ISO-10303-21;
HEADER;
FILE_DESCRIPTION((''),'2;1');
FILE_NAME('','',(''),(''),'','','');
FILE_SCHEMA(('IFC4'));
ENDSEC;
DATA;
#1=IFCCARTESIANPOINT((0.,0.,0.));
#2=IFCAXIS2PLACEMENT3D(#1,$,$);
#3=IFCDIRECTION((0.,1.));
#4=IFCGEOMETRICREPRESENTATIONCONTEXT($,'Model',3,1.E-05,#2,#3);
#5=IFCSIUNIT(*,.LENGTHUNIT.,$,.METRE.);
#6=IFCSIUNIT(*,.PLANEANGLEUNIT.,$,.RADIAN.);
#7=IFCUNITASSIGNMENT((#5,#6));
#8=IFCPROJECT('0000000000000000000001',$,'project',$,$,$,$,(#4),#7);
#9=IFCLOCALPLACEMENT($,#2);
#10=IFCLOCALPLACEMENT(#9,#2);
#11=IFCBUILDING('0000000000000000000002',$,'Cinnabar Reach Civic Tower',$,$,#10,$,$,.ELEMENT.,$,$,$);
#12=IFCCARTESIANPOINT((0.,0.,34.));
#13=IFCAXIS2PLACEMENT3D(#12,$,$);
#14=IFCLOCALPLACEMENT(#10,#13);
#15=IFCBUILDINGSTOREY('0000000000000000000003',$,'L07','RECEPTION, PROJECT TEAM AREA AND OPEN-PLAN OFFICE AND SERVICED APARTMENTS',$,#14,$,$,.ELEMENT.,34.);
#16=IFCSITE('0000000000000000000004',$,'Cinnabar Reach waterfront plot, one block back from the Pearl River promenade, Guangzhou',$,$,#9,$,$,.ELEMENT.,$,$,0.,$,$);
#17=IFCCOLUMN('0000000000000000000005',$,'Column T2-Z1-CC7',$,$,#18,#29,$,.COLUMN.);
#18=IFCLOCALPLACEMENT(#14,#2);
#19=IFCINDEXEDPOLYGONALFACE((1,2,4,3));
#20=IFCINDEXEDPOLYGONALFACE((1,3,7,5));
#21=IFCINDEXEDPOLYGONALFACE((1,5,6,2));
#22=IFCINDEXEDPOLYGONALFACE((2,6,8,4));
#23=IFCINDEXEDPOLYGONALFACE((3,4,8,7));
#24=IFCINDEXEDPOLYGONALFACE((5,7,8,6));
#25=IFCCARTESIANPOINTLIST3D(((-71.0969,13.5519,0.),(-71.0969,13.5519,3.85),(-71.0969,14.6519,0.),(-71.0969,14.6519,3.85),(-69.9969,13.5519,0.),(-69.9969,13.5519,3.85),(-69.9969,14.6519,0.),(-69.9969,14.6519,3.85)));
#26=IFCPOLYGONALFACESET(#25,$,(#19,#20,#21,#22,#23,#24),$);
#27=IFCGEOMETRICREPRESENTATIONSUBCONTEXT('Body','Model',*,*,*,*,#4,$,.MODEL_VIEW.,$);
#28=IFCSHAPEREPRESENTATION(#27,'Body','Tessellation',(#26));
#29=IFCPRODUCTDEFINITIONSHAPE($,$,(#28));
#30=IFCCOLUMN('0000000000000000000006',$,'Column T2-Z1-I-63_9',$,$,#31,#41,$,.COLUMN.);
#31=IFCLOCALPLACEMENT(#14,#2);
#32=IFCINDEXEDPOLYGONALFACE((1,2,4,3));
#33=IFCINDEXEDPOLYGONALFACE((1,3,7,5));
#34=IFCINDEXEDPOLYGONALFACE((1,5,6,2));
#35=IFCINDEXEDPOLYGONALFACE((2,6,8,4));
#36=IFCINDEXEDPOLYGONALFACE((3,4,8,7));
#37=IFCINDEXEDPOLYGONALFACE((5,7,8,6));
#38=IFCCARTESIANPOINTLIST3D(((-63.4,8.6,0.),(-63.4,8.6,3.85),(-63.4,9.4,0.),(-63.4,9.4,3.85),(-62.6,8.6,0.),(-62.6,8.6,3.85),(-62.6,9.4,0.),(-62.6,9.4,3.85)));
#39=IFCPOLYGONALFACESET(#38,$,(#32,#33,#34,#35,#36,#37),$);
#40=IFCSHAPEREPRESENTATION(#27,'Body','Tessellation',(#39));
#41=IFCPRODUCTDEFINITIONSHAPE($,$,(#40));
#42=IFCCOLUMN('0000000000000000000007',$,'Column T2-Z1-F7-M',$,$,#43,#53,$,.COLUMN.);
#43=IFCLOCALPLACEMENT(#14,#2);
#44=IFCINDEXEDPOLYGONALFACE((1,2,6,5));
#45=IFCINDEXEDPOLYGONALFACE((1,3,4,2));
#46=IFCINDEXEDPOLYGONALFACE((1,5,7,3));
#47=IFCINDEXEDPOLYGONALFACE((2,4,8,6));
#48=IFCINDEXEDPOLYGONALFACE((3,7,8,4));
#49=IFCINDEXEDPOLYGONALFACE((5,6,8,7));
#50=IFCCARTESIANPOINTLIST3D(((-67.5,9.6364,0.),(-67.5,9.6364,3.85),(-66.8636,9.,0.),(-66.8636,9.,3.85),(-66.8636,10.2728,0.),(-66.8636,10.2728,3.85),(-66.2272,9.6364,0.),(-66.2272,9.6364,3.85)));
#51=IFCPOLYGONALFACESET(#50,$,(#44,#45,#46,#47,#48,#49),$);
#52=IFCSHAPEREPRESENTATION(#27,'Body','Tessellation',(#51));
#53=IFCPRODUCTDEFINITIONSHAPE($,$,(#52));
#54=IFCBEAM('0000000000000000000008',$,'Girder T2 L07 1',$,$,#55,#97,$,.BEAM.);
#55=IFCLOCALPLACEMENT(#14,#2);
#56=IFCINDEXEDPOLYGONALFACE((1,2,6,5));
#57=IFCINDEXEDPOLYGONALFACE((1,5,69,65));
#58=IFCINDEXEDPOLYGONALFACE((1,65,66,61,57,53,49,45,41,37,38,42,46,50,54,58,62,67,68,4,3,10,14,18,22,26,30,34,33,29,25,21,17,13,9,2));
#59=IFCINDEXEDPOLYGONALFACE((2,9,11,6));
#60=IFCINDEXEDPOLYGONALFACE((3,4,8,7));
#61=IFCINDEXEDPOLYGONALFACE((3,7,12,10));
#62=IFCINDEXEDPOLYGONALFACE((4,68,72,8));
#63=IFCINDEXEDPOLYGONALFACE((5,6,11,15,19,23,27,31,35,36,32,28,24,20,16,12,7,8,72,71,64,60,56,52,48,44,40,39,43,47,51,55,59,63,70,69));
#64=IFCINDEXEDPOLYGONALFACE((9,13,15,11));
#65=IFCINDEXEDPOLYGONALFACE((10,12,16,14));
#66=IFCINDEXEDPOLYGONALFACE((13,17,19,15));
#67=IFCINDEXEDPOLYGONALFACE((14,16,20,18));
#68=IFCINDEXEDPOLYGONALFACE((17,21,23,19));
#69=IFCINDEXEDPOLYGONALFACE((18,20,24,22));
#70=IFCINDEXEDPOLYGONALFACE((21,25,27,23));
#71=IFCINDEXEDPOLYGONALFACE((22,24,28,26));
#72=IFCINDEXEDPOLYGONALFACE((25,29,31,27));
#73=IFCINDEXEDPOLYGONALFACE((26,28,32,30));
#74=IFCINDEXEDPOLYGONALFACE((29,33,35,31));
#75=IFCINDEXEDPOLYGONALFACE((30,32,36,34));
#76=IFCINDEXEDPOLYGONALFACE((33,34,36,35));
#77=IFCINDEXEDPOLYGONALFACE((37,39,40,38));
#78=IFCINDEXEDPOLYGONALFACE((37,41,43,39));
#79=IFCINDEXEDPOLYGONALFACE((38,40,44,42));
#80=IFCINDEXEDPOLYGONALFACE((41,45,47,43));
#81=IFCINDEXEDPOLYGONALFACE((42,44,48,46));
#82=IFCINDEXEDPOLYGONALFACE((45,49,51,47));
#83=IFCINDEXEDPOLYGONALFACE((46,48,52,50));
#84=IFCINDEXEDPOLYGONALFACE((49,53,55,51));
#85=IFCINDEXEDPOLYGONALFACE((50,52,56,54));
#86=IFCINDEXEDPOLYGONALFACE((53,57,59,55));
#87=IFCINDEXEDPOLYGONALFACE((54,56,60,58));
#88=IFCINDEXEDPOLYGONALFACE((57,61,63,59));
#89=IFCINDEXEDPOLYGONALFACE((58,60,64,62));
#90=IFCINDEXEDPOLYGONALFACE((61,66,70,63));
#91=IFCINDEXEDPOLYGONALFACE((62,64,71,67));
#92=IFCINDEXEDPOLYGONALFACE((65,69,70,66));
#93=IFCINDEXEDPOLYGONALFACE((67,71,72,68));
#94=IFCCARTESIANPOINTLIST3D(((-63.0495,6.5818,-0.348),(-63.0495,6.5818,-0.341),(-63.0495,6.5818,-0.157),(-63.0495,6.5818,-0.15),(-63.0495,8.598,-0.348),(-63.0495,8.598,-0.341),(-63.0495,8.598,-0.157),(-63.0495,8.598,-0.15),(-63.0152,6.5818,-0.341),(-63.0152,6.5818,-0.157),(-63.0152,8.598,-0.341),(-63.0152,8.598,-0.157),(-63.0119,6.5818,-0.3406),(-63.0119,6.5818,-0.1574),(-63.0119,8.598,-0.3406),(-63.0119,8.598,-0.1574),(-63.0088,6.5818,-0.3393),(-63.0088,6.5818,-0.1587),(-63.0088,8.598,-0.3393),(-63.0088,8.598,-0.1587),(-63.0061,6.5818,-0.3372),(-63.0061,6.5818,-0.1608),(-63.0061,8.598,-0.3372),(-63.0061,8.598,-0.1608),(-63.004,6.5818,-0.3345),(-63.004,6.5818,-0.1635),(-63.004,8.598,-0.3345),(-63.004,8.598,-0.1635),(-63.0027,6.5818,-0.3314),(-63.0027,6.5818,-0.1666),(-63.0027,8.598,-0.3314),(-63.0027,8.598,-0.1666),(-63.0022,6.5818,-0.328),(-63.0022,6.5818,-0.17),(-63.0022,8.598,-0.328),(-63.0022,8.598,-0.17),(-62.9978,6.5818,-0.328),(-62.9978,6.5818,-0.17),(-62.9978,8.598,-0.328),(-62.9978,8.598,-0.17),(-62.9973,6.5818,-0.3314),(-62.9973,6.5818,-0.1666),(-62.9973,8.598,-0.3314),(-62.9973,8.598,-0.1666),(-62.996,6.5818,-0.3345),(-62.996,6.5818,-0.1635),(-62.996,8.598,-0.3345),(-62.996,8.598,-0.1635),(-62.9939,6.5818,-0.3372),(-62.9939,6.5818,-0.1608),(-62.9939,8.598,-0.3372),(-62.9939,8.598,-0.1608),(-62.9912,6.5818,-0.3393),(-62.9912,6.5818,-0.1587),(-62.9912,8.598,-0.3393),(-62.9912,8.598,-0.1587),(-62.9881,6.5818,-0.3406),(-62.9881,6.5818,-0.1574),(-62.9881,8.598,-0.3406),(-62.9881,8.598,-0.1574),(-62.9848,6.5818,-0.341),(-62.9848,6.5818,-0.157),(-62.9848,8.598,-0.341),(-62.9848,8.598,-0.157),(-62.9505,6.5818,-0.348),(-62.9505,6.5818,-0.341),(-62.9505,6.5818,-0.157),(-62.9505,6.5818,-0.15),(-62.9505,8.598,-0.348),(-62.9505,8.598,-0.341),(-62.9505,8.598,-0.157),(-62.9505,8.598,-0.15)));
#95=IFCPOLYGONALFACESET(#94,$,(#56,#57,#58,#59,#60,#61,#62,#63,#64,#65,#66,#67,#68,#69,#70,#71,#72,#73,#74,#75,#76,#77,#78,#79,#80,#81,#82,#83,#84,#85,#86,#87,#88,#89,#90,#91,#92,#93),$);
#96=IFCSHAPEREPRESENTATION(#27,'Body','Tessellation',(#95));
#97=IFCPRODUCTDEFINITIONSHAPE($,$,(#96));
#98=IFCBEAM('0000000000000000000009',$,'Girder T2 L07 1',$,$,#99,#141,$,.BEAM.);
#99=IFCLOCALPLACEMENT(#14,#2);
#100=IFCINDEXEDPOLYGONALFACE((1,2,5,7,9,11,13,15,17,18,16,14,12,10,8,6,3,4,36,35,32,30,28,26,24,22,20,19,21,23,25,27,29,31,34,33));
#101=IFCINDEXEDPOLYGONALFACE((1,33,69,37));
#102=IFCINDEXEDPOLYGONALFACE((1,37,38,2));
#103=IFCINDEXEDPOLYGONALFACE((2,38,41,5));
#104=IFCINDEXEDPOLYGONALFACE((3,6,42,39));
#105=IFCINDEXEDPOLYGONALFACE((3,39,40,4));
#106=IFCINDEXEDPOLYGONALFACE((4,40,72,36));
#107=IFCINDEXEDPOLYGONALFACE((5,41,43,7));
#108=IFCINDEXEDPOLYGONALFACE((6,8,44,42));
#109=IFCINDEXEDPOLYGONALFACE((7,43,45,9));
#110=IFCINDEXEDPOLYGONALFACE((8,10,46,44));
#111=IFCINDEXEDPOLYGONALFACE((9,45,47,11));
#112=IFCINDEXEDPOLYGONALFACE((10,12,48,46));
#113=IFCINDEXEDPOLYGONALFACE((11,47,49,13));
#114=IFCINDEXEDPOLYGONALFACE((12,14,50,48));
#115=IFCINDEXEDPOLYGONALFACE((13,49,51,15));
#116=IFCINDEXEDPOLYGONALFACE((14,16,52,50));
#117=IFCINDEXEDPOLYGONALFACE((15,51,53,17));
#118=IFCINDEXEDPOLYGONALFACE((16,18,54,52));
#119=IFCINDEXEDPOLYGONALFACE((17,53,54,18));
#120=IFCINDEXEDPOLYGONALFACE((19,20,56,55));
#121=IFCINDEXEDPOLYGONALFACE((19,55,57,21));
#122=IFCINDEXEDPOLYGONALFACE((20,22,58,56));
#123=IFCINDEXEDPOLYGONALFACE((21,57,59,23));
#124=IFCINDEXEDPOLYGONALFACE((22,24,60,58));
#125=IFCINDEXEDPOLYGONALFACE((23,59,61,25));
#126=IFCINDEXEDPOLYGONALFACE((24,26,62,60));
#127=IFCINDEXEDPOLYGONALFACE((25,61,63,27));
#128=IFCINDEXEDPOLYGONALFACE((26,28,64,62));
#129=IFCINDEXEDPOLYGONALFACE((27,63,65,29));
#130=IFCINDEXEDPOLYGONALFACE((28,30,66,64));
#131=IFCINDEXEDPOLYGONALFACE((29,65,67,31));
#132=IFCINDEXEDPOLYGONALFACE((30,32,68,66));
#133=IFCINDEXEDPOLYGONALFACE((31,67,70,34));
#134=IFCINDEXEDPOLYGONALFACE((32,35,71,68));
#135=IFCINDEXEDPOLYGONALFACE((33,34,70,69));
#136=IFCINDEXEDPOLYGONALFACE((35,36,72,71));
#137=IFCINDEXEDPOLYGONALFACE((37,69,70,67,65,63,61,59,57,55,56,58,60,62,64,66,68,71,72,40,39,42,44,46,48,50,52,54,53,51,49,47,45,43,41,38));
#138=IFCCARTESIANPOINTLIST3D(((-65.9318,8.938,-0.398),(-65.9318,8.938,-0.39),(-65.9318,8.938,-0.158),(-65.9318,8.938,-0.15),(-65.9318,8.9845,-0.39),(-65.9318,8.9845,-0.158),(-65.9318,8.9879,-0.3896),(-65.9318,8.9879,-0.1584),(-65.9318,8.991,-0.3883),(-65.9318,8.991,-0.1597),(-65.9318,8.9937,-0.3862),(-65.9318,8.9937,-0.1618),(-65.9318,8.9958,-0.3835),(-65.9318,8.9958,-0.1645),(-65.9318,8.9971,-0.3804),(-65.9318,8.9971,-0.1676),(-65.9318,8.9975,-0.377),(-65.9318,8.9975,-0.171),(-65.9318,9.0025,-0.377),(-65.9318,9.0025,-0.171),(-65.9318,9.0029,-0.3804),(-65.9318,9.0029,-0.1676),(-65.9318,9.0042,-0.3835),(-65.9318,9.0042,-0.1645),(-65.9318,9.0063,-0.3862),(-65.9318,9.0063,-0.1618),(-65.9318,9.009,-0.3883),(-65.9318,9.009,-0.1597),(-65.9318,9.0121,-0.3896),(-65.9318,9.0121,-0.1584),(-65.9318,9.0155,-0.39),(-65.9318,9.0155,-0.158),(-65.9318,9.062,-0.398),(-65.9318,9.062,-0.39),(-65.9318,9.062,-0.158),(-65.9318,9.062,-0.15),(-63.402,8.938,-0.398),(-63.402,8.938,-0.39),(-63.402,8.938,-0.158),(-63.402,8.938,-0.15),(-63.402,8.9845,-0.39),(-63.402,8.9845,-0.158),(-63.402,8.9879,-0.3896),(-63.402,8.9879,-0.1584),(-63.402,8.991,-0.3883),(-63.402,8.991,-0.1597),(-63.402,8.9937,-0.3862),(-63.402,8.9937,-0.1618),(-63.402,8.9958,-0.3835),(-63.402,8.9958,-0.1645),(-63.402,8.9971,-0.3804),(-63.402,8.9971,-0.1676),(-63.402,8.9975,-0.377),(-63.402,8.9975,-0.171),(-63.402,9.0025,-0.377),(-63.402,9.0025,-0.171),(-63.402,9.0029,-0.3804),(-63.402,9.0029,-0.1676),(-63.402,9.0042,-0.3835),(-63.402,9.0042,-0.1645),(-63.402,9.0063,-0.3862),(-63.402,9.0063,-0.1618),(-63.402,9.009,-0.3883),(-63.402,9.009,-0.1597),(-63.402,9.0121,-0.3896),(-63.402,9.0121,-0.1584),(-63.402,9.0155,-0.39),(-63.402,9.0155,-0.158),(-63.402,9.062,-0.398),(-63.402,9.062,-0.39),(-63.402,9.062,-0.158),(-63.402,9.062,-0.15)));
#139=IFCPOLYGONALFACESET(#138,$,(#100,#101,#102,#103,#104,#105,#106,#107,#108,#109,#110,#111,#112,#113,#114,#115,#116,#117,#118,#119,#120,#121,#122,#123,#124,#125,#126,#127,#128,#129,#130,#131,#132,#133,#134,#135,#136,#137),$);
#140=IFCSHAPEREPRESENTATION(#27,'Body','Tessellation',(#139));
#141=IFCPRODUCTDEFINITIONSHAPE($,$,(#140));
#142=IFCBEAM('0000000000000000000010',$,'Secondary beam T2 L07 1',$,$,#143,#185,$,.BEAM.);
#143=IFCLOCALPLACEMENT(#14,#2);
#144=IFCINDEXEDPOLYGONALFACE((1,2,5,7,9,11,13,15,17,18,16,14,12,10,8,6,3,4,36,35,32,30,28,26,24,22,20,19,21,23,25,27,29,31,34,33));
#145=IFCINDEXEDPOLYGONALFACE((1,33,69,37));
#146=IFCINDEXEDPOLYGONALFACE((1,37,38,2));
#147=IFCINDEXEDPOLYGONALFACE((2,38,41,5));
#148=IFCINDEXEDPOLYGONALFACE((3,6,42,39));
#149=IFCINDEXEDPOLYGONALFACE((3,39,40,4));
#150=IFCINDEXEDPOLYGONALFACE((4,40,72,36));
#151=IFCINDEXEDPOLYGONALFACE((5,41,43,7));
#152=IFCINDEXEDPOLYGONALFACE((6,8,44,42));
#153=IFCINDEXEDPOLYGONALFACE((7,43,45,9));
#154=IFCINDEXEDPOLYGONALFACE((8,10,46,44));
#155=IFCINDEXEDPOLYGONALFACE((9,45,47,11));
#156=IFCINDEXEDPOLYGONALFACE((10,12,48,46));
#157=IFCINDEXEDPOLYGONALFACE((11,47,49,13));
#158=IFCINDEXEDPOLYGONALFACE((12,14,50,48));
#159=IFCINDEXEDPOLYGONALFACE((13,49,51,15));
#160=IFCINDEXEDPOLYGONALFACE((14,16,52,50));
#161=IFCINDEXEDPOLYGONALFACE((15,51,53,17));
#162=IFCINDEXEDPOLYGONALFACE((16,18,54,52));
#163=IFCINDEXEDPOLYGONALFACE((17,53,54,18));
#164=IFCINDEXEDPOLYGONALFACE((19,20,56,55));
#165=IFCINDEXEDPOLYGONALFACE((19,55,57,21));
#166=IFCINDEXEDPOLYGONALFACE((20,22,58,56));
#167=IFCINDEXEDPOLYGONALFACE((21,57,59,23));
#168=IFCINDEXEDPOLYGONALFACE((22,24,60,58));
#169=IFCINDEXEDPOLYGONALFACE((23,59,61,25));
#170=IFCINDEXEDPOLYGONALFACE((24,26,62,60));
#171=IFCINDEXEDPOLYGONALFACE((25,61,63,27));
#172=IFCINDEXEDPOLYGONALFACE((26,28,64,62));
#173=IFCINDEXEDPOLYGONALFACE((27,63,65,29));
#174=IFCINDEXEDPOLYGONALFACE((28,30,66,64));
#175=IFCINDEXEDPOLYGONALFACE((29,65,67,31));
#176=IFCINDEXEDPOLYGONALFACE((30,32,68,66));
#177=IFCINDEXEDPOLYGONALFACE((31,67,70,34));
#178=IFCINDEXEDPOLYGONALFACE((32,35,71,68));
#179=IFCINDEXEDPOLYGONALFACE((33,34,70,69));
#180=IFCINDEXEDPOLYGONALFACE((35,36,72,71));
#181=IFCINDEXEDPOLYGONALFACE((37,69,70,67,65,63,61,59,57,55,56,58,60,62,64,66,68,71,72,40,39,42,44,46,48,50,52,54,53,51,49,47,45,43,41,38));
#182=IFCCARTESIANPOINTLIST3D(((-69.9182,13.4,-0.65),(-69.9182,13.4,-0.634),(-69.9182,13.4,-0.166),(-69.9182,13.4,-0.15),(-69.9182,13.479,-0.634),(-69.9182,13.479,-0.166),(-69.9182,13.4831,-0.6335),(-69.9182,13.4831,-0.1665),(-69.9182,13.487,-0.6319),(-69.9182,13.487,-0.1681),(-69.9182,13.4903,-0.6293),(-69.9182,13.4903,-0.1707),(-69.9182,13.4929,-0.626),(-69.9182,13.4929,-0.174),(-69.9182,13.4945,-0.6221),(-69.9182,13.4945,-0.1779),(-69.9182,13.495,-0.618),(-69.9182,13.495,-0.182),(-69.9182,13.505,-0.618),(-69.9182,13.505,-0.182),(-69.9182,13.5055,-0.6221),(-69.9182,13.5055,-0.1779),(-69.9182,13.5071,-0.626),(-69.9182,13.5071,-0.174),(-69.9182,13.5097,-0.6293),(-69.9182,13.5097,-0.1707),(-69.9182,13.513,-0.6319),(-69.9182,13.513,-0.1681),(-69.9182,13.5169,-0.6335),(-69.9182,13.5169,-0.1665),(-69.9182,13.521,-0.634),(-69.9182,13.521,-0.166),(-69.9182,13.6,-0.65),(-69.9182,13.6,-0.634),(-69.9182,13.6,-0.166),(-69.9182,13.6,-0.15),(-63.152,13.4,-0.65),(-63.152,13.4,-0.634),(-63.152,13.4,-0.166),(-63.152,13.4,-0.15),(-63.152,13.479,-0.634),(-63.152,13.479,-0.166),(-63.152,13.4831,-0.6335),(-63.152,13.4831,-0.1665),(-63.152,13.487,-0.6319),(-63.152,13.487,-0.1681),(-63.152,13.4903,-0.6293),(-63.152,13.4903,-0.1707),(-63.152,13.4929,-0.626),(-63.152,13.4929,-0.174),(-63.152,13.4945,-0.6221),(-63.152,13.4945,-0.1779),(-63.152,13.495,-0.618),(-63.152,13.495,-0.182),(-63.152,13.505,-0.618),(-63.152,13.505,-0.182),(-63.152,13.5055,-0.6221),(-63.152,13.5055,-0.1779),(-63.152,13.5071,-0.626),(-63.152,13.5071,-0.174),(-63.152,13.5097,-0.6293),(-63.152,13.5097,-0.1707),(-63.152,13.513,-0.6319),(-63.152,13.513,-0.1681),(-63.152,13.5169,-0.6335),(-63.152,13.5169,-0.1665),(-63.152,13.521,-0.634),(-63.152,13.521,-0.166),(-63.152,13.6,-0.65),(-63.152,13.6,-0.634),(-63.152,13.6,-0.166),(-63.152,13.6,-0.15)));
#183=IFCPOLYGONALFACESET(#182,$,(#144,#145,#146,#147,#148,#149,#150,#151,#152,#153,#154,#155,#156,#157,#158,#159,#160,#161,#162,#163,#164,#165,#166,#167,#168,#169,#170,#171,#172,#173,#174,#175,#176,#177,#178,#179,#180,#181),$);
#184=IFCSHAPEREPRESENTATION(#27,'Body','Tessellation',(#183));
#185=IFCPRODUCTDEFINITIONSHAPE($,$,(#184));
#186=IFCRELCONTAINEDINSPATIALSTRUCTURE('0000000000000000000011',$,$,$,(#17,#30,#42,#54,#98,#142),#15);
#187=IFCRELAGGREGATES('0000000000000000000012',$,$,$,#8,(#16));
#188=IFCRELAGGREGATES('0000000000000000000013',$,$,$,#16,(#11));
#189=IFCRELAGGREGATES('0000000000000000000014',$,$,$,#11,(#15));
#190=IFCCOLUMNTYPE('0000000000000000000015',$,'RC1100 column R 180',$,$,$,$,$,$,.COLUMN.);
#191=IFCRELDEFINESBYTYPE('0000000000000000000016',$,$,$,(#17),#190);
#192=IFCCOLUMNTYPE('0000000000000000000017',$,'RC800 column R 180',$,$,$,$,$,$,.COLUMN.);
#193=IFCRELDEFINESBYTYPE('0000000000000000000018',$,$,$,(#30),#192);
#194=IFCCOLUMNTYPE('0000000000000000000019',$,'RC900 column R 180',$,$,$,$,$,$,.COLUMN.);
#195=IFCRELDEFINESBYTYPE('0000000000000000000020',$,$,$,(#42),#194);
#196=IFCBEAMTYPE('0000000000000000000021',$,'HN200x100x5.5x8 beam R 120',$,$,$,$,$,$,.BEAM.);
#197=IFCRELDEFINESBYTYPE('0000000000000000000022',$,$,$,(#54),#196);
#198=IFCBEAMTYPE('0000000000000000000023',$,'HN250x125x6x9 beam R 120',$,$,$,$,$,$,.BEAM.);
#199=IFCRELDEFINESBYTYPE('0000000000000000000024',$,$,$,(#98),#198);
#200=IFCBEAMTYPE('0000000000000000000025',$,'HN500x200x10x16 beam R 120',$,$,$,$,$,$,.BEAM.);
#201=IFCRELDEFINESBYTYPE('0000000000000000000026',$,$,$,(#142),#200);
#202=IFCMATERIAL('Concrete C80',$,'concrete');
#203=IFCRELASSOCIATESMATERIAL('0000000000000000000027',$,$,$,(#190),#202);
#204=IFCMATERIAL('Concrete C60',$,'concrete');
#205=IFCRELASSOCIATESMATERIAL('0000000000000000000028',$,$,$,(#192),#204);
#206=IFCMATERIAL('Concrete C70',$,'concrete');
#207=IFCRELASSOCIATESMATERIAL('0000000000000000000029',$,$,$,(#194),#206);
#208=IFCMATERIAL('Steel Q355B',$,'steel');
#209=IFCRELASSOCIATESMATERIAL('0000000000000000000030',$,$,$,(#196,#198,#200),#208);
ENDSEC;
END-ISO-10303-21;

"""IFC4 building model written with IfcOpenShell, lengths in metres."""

from ifc_helpers import new_model, si_unit, direction, frame, origin, origin_2d, place, context, subcontext, project, spatial, rectangle, i_section, extrude, material, material_profile, profile_set, type_object, element, save


model = new_model("IFC4")

# Units and contexts
model_context = context("Model", 3, precision=1e-05, world=origin(), true_north=direction((0.0, 1.0)))
body_context = subcontext(model_context, "Body", "Model", "MODEL_VIEW")
ifc_project = project(units=[si_unit("LENGTHUNIT", "METRE"), si_unit("PLANEANGLEUNIT", "RADIAN")], contexts=[model_context])

# Site, building, storey
site_placement = place(None, origin())
site = spatial("IfcSite", under=ifc_project, at=site_placement, Name="Cinnabar Reach waterfront plot, one block back from the Pearl River promenade, Guangzhou", CompositionType="ELEMENT", RefElevation=0.0)
building_placement = place(site_placement, origin())
building = spatial("IfcBuilding", under=site, at=building_placement, Name="Cinnabar Reach Civic Tower", CompositionType="ELEMENT")
storey_placement = place(building_placement, frame((0.0, 0.0, 34.0)))
storey = spatial("IfcBuildingStorey", under=building, at=storey_placement, Name="L07", Description="RECEPTION, PROJECT TEAM AREA AND OPEN-PLAN OFFICE AND SERVICED APARTMENTS", CompositionType="ELEMENT", Elevation=34.0)

# Columns
ifc_material_1 = material(Name="Concrete C80", Category="concrete")
ifc_material_profile_1 = material_profile(ifc_material_1, rectangle(XDim=1.1, YDim=1.1, at=origin_2d()), Name="RC1100")
ifc_profile_set_1 = profile_set([ifc_material_profile_1], Name="Concrete C80")
column_type_1 = type_object("IfcColumnType", Name="RC1100 column R 180", PredefinedType="COLUMN", material=ifc_profile_set_1)
column_1_placement = place(storey_placement, frame((-70.5469, 14.1019, 0.0), z_axis=(0.0, 0.0, 1.0), x_axis=(1.0, 0.0, 0.0)))
element("IfcColumn", 1, at=column_1_placement, inside=storey, type_object=column_type_1, Name="Column T2-Z1-CC7", PredefinedType="COLUMN", context=body_context, shape_type="SweptSolid", body=[
    extrude(rectangle(XDim=1.1, YDim=1.1, at=origin_2d()), origin(), (0.0, 0.0, 1.0), 3.85),
])
ifc_material_2 = material(Name="Concrete C60", Category="concrete")
ifc_material_profile_2 = material_profile(ifc_material_2, rectangle(XDim=0.8, YDim=0.8, at=origin_2d()), Name="RC800")
ifc_profile_set_2 = profile_set([ifc_material_profile_2], Name="Concrete C60")
column_type_2 = type_object("IfcColumnType", Name="RC800 column R 180", PredefinedType="COLUMN", material=ifc_profile_set_2)
column_2_placement = place(storey_placement, frame((-63.0, 9.0, 0.0), z_axis=(0.0, 0.0, 1.0), x_axis=(1.0, 0.0, 0.0)))
element("IfcColumn", 2, at=column_2_placement, inside=storey, type_object=column_type_2, Name="Column T2-Z1-I-63_9", PredefinedType="COLUMN", context=body_context, shape_type="SweptSolid", body=[
    extrude(rectangle(XDim=0.8, YDim=0.8, at=origin_2d()), origin(), (0.0, 0.0, 1.0), 3.85),
])
ifc_material_3 = material(Name="Concrete C70", Category="concrete")
ifc_material_profile_3 = material_profile(ifc_material_3, rectangle(XDim=0.9, YDim=0.9, at=origin_2d()), Name="RC900")
ifc_profile_set_3 = profile_set([ifc_material_profile_3], Name="Concrete C70")
column_type_3 = type_object("IfcColumnType", Name="RC900 column R 180", PredefinedType="COLUMN", material=ifc_profile_set_3)
column_3_placement = place(storey_placement, frame((-66.8636, 9.6364, 0.0), z_axis=(0.0, 0.0, 1.0), x_axis=(0.707107, 0.707107, 0.0)))
element("IfcColumn", 3, at=column_3_placement, inside=storey, type_object=column_type_3, Name="Column T2-Z1-F7-M", PredefinedType="COLUMN", context=body_context, shape_type="SweptSolid", body=[
    extrude(rectangle(XDim=0.9, YDim=0.9, at=origin_2d()), origin(), (0.0, 0.0, 1.0), 3.85),
])

# Beams
ifc_material_4 = material(Name="Steel Q355B", Category="steel")
ifc_material_profile_4 = material_profile(ifc_material_4, i_section(OverallWidth=0.099, OverallDepth=0.198, WebThickness=0.0045, FlangeThickness=0.007, FilletRadius=0.013, at=origin_2d()), Name="HN200x100x5.5x8")
ifc_profile_set_4 = profile_set([ifc_material_profile_4], Name="Steel Q355B")
beam_type_1 = type_object("IfcBeamType", Name="HN200x100x5.5x8 beam R 120", PredefinedType="BEAM", material=ifc_profile_set_4)
beam_1_placement = place(storey_placement, frame((-63.0, 6.5818, -0.249), z_axis=(0.0, 1.0, 0.0), x_axis=(-1.0, 0.0, 0.0)))
element("IfcBeam", 4, at=beam_1_placement, inside=storey, type_object=beam_type_1, Name="Girder T2 L07 1", PredefinedType="BEAM", context=body_context, shape_type="SweptSolid", body=[
    extrude(i_section(OverallWidth=0.099, OverallDepth=0.198, WebThickness=0.0045, FlangeThickness=0.007, FilletRadius=0.013, at=origin_2d()), origin(), (0.0, 0.0, 1.0), 2.0162),
])
ifc_material_profile_5 = material_profile(ifc_material_4, i_section(OverallWidth=0.124, OverallDepth=0.248, WebThickness=0.005, FlangeThickness=0.008, FilletRadius=0.013, at=origin_2d()), Name="HN250x125x6x9")
ifc_profile_set_5 = profile_set([ifc_material_profile_5], Name="Steel Q355B")
beam_type_2 = type_object("IfcBeamType", Name="HN250x125x6x9 beam R 120", PredefinedType="BEAM", material=ifc_profile_set_5)
beam_2_placement = place(storey_placement, frame((-65.9318, 9.0, -0.274), z_axis=(1.0, 0.0, 0.0), x_axis=(0.0, 1.0, 0.0)))
element("IfcBeam", 5, at=beam_2_placement, inside=storey, type_object=beam_type_2, Name="Girder T2 L07 1", PredefinedType="BEAM", context=body_context, shape_type="SweptSolid", body=[
    extrude(i_section(OverallWidth=0.124, OverallDepth=0.248, WebThickness=0.005, FlangeThickness=0.008, FilletRadius=0.013, at=origin_2d()), origin(), (0.0, 0.0, 1.0), 2.5298),
])
ifc_material_profile_6 = material_profile(ifc_material_4, i_section(OverallWidth=0.2, OverallDepth=0.5, WebThickness=0.01, FlangeThickness=0.016, FilletRadius=0.016, at=origin_2d()), Name="HN500x200x10x16")
ifc_profile_set_6 = profile_set([ifc_material_profile_6], Name="Steel Q355B")
beam_type_3 = type_object("IfcBeamType", Name="HN500x200x10x16 beam R 120", PredefinedType="BEAM", material=ifc_profile_set_6)
beam_3_placement = place(storey_placement, frame((-69.9182, 13.5, -0.4), z_axis=(1.0, 0.0, 0.0), x_axis=(0.0, 1.0, 0.0)))
element("IfcBeam", 6, at=beam_3_placement, inside=storey, type_object=beam_type_3, Name="Secondary beam T2 L07 1", PredefinedType="BEAM", context=body_context, shape_type="SweptSolid", body=[
    extrude(i_section(OverallWidth=0.2, OverallDepth=0.5, WebThickness=0.01, FlangeThickness=0.016, FilletRadius=0.016, at=origin_2d()), origin(), (0.0, 0.0, 1.0), 6.7662),
])

save(model, "model.ifc")
